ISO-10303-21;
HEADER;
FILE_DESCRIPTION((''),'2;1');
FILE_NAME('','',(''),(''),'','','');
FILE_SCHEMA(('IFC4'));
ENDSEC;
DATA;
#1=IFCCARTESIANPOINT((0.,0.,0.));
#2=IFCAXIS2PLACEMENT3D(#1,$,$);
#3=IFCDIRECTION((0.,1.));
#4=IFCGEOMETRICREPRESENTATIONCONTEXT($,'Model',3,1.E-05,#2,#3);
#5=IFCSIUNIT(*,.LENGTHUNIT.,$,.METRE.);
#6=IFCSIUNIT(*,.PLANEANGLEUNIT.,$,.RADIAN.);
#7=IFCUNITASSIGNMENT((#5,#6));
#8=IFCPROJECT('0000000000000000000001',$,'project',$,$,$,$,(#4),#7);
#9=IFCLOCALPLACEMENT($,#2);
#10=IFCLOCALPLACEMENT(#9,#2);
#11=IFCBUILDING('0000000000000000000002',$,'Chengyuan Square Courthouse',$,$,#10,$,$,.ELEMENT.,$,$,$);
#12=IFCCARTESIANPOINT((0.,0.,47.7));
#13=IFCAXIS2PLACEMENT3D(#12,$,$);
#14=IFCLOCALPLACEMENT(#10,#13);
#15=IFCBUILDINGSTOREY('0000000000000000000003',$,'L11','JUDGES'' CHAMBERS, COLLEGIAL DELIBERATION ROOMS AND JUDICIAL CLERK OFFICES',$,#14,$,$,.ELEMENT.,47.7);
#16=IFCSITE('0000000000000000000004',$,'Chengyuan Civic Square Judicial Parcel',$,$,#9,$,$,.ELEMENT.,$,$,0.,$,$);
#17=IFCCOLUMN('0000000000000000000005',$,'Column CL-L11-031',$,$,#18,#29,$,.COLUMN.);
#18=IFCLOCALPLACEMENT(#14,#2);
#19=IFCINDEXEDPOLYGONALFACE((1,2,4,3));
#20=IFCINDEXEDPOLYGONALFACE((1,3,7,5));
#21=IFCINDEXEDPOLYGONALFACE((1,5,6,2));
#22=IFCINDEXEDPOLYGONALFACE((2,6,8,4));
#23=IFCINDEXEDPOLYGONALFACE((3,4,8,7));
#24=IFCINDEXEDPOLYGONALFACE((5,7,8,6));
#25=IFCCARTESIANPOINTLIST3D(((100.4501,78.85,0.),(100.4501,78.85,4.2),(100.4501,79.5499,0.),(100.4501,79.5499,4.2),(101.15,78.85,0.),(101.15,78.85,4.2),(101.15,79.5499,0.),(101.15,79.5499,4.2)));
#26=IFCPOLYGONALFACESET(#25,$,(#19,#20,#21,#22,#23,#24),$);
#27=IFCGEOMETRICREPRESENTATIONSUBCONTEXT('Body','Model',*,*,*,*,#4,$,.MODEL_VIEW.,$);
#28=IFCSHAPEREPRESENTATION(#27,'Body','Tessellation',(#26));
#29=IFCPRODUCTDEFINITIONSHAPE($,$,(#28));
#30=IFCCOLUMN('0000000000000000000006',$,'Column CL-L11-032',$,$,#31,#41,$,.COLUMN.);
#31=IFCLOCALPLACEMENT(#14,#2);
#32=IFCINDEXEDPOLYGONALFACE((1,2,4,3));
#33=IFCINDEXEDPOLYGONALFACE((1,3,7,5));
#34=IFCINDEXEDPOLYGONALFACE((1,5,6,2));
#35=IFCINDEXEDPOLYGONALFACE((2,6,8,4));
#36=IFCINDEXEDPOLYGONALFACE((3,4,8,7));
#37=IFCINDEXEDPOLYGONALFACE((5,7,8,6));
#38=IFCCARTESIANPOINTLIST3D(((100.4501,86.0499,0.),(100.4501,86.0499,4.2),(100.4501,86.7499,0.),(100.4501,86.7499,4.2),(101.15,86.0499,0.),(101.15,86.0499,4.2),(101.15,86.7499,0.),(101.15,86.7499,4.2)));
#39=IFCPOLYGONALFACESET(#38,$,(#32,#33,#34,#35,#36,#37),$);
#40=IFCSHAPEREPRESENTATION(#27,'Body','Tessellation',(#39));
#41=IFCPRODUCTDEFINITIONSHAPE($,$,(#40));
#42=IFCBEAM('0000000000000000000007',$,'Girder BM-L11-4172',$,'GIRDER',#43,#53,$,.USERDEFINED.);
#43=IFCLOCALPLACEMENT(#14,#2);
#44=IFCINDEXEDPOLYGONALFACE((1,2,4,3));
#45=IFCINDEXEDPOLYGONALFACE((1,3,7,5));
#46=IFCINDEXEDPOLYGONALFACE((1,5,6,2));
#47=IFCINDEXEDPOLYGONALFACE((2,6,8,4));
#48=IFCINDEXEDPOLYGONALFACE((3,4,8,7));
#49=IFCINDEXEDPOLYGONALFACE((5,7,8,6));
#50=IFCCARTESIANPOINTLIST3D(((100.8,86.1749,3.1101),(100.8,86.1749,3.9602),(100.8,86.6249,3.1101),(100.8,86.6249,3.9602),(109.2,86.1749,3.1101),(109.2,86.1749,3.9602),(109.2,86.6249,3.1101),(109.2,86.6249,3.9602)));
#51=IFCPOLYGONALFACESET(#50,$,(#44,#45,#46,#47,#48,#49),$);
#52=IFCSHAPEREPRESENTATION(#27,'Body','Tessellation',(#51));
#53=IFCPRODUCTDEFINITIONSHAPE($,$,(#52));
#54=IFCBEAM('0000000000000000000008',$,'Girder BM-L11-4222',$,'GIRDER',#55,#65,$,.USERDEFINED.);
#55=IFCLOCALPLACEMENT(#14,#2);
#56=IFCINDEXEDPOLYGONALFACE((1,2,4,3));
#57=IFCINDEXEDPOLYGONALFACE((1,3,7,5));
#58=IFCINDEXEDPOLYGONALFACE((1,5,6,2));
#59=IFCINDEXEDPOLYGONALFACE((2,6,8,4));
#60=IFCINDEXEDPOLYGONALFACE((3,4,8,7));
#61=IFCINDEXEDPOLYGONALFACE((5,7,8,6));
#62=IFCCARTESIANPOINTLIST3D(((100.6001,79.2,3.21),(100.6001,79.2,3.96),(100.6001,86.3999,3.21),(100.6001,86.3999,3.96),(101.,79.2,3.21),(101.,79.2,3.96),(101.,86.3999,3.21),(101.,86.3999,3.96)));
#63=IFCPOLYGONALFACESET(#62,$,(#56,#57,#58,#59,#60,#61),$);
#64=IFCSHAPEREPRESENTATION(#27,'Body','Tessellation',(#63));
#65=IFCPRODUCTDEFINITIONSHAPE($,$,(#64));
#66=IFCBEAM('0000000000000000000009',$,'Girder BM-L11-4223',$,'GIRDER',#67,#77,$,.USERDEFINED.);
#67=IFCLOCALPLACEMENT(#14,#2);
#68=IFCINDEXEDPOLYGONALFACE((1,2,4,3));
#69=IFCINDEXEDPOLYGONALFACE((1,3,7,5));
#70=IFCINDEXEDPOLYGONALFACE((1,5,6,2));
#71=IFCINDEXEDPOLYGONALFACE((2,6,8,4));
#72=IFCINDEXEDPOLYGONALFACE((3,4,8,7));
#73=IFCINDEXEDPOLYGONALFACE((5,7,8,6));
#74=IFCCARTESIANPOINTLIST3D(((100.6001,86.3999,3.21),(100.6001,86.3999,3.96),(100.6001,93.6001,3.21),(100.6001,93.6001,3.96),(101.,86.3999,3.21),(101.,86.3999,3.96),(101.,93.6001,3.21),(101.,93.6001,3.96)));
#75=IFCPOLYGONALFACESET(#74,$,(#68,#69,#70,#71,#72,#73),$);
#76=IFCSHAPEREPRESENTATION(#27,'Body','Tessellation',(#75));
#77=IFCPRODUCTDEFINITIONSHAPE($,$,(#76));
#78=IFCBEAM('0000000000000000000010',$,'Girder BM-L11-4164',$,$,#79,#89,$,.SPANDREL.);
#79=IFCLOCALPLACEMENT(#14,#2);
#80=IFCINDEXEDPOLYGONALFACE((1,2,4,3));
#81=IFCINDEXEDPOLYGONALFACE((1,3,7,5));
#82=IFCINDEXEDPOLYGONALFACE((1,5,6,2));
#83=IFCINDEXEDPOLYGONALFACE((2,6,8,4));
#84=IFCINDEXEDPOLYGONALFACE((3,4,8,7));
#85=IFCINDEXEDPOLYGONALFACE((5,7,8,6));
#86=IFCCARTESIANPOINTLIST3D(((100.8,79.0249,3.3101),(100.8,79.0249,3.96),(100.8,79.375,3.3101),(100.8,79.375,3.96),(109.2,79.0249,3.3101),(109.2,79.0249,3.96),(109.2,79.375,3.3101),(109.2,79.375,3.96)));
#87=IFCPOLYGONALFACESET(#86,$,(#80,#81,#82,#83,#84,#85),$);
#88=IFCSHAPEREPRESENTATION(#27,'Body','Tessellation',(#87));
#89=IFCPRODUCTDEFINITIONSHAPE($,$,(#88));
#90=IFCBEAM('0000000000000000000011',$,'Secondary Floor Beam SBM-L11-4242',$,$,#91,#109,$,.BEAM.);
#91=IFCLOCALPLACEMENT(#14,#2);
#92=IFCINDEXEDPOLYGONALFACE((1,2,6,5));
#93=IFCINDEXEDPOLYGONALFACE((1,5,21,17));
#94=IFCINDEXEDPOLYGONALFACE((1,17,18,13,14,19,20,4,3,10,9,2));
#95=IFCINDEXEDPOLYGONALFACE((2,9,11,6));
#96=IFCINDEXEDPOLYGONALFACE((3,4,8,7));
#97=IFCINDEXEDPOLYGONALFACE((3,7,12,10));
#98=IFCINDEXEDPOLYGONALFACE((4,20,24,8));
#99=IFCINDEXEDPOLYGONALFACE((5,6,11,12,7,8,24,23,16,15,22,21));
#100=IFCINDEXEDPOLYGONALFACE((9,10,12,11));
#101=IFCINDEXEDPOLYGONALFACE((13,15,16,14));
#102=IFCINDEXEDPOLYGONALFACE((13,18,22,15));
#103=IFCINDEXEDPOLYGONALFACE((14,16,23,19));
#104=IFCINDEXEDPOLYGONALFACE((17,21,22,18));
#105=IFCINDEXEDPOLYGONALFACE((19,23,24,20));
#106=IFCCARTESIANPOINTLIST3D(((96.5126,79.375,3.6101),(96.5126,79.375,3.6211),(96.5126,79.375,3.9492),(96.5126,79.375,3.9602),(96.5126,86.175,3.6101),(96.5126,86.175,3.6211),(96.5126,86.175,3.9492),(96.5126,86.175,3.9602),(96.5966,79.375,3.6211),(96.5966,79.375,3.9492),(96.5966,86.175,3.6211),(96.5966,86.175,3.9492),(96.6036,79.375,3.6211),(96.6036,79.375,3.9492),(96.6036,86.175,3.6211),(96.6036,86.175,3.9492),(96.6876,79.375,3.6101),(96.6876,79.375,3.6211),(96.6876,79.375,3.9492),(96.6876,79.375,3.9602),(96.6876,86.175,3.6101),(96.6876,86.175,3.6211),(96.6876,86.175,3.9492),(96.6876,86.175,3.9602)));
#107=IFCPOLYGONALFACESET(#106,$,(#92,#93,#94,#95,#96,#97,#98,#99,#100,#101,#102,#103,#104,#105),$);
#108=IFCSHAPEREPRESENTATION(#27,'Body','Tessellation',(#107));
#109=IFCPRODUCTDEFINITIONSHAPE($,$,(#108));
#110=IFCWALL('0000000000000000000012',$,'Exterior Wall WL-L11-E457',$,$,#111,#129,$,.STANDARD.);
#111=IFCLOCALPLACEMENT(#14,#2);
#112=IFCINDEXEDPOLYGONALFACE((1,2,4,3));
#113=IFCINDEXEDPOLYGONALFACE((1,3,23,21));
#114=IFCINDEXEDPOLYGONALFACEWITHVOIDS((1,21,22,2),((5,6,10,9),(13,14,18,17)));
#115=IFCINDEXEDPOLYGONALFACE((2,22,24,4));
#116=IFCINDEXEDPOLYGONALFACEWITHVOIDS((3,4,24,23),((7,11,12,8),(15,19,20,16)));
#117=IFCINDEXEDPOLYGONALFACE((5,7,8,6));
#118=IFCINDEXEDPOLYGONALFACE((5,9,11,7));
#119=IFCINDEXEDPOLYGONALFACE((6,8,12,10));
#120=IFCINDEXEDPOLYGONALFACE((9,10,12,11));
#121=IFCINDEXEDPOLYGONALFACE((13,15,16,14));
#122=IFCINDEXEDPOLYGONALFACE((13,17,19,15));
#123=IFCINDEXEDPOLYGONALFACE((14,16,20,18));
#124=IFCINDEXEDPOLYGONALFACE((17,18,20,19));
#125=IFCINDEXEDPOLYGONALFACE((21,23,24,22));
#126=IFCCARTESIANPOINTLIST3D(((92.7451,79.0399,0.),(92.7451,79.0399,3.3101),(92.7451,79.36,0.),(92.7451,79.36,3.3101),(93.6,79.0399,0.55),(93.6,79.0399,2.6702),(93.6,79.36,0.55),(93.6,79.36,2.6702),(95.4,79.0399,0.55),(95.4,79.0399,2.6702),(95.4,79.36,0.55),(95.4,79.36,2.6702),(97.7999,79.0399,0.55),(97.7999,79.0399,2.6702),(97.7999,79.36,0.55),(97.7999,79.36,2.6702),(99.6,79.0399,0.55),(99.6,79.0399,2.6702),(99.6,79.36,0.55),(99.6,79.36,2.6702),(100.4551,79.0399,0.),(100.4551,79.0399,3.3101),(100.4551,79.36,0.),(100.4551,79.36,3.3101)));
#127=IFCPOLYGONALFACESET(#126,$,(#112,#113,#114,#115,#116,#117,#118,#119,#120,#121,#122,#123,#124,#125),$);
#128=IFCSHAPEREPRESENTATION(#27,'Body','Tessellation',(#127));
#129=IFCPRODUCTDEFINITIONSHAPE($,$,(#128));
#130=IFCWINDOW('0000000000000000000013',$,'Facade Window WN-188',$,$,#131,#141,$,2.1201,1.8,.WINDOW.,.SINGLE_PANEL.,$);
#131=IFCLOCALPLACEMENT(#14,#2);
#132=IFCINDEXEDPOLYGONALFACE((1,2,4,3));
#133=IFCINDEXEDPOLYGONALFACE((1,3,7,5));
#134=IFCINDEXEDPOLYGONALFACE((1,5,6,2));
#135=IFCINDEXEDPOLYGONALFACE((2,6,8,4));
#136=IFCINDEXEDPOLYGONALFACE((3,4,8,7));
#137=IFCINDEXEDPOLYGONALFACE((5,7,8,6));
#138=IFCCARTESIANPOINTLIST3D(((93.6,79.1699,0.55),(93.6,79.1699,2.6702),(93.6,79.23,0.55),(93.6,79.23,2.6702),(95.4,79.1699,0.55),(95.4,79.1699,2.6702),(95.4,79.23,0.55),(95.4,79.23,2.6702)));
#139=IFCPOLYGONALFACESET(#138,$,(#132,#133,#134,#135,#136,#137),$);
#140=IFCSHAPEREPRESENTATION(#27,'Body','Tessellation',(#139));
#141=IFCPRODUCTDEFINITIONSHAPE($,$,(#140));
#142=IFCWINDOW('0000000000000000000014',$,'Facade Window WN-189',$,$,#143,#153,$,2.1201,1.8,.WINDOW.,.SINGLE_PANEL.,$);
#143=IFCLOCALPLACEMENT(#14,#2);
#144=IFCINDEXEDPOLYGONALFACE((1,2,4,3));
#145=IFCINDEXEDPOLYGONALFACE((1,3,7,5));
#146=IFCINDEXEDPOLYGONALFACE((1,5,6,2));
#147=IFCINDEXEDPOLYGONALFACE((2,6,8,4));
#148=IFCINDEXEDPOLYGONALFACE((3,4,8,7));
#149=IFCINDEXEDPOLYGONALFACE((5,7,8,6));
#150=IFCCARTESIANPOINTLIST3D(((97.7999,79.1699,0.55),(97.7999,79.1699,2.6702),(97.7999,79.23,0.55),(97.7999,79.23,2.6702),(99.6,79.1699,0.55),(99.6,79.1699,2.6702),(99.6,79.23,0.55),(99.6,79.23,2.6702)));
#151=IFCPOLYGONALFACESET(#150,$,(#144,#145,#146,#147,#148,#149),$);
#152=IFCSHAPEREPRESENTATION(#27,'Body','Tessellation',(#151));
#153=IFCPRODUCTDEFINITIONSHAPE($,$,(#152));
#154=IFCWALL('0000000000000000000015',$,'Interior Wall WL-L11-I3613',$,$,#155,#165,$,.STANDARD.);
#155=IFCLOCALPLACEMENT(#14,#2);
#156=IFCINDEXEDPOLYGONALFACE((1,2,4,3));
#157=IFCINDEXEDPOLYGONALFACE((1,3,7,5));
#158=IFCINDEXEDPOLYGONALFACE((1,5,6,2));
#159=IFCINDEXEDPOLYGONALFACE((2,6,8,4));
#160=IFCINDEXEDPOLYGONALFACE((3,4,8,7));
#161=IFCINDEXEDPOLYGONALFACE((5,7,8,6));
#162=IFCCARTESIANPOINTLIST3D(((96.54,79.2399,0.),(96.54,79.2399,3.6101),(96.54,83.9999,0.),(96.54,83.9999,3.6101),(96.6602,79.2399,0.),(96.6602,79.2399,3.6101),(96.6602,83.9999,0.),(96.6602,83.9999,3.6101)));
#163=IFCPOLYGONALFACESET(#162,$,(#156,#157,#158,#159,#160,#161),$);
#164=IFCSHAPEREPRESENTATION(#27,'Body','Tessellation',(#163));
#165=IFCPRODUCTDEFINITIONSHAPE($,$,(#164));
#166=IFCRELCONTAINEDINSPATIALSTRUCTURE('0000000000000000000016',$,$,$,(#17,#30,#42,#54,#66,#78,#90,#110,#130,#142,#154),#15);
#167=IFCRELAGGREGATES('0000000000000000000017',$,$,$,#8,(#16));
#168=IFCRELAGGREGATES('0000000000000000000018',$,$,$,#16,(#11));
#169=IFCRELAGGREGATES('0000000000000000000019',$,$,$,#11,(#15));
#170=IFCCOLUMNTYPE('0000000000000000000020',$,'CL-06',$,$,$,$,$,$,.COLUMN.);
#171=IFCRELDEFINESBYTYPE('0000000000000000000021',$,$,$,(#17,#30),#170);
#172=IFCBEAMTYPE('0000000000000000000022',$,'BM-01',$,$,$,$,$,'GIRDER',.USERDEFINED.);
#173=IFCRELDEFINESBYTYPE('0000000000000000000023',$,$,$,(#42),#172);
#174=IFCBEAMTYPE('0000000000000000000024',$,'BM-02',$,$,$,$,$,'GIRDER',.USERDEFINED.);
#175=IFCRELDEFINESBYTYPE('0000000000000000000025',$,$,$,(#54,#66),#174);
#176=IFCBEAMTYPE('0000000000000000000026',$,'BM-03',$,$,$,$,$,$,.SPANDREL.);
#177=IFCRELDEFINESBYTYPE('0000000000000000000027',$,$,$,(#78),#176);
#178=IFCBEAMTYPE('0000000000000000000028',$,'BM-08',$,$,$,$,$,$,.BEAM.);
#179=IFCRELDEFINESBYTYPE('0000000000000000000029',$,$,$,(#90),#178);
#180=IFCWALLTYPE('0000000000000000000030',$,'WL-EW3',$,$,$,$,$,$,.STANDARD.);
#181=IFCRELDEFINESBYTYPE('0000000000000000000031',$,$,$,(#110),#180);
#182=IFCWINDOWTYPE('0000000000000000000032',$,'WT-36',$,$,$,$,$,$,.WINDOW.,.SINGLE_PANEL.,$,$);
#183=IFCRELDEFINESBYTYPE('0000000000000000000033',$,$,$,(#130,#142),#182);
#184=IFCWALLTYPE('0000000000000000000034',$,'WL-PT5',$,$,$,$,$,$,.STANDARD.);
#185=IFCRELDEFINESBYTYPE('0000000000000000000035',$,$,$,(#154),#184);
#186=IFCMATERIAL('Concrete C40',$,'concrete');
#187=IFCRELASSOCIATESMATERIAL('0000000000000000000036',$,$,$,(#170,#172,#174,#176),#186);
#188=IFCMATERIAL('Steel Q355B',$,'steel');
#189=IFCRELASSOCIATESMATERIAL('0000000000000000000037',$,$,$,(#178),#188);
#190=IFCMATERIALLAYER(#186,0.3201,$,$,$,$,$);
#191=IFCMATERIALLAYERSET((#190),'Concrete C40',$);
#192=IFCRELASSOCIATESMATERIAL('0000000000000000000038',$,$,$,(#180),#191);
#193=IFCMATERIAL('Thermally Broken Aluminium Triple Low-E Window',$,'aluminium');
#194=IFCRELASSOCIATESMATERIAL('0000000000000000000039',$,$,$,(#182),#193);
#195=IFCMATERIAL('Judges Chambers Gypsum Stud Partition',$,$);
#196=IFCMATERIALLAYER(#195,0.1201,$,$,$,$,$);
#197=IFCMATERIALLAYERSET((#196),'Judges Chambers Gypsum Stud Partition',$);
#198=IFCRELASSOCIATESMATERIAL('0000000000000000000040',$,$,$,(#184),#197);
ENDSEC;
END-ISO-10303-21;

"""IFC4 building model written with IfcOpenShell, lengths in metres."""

from ifc_helpers import new_model, si_unit, direction, frame, frame_2d, origin, origin_2d, place, context, subcontext, project, spatial, rectangle, i_section, extrude, material, layer, layer_set, material_profile, profile_set, type_object, element, fill, save


model = new_model("IFC4")

# Units and contexts
model_context = context("Model", 3, precision=1e-05, world=origin(), true_north=direction((0.0, 1.0)))
body_context = subcontext(model_context, "Body", "Model", "MODEL_VIEW")
ifc_project = project(units=[si_unit("LENGTHUNIT", "METRE"), si_unit("PLANEANGLEUNIT", "RADIAN")], contexts=[model_context])

# Site, building, storey
site_placement = place(None, origin())
site = spatial("IfcSite", under=ifc_project, at=site_placement, Name="Chengyuan Civic Square Judicial Parcel", CompositionType="ELEMENT", RefElevation=0.0)
building_placement = place(site_placement, origin())
building = spatial("IfcBuilding", under=site, at=building_placement, Name="Chengyuan Square Courthouse", CompositionType="ELEMENT")
storey_placement = place(building_placement, frame((0.0, 0.0, 47.7)))
storey = spatial("IfcBuildingStorey", under=building, at=storey_placement, Name="L11", Description="JUDGES' CHAMBERS, COLLEGIAL DELIBERATION ROOMS AND JUDICIAL CLERK OFFICES", CompositionType="ELEMENT", Elevation=47.7)

# Columns
ifc_material_1 = material(Name="Concrete C40", Category="concrete")
ifc_material_profile_1 = material_profile(ifc_material_1, rectangle(XDim=0.7, YDim=0.7, at=origin_2d()), Name="RC-COL-700x700")
ifc_profile_set_1 = profile_set([ifc_material_profile_1], Name="Concrete C40")
column_type = type_object("IfcColumnType", Name="CL-06", PredefinedType="COLUMN", material=ifc_profile_set_1)
for number, where, z_axis, x_axis, name in (
    (1, (100.8, 79.2, 0.0), (0.0, 0.0, 1.0), (1.0, 0.0, 0.0), "Column CL-L11-031"),
    (2, (100.8, 86.3999, 0.0), (0.0, 0.0, 1.0), (1.0, 0.0, 0.0), "Column CL-L11-032"),
):
    element("IfcColumn", number, at=place(storey_placement, frame(where, z_axis=z_axis, x_axis=x_axis)), inside=storey, type_object=column_type, Name=name, PredefinedType="COLUMN", context=body_context, shape_type="SweptSolid", body=[
        extrude(rectangle(XDim=0.7, YDim=0.7, at=origin_2d()), origin(), (0.0, 0.0, 1.0), 4.2),
    ])

# Beams
ifc_material_profile_2 = material_profile(ifc_material_1, rectangle(XDim=0.45, YDim=0.8501, at=origin_2d()), Name="RC-BM-450x850")
ifc_profile_set_2 = profile_set([ifc_material_profile_2], Name="Concrete C40")
beam_type_1 = type_object("IfcBeamType", Name="BM-01", ElementType="GIRDER", PredefinedType="USERDEFINED", material=ifc_profile_set_2)
beam_1_placement = place(storey_placement, frame((100.8, 86.3999, 3.5352), z_axis=(1.0, 0.0, 0.0), x_axis=(0.0, 1.0, 0.0)))
element("IfcBeam", 3, at=beam_1_placement, inside=storey, type_object=beam_type_1, Name="Girder BM-L11-4172", ObjectType="GIRDER", PredefinedType="USERDEFINED", context=body_context, shape_type="SweptSolid", body=[
    extrude(rectangle(XDim=0.45, YDim=0.8501, at=origin_2d()), origin(), (0.0, 0.0, 1.0), 8.3999),
])
ifc_material_profile_3 = material_profile(ifc_material_1, rectangle(XDim=0.3999, YDim=0.75, at=origin_2d()), Name="RC-BM-400x750")
ifc_profile_set_3 = profile_set([ifc_material_profile_3], Name="Concrete C40")
beam_type_2 = type_object("IfcBeamType", Name="BM-02", ElementType="GIRDER", PredefinedType="USERDEFINED", material=ifc_profile_set_3)
beam_2_placement = place(storey_placement, frame((100.8, 79.2, 3.585), z_axis=(0.0, 1.0, 0.0), x_axis=(-1.0, 0.0, 0.0)))
element("IfcBeam", 4, at=beam_2_placement, inside=storey, type_object=beam_type_2, Name="Girder BM-L11-4222", ObjectType="GIRDER", PredefinedType="USERDEFINED", context=body_context, shape_type="SweptSolid", body=[
    extrude(rectangle(XDim=0.3999, YDim=0.75, at=origin_2d()), origin(), (0.0, 0.0, 1.0), 7.2),
])
beam_3_placement = place(storey_placement, frame((100.8, 86.3999, 3.585), z_axis=(0.0, 1.0, 0.0), x_axis=(-1.0, 0.0, 0.0)))
element("IfcBeam", 5, at=beam_3_placement, inside=storey, type_object=beam_type_2, Name="Girder BM-L11-4223", ObjectType="GIRDER", PredefinedType="USERDEFINED", context=body_context, shape_type="SweptSolid", body=[
    extrude(rectangle(XDim=0.3999, YDim=0.75, at=origin_2d()), origin(), (0.0, 0.0, 1.0), 7.2002),
])
ifc_material_profile_4 = material_profile(ifc_material_1, rectangle(XDim=0.3501, YDim=0.6499, at=origin_2d()), Name="RC-BM-350x650")
ifc_profile_set_4 = profile_set([ifc_material_profile_4], Name="Concrete C40")
beam_type_3 = type_object("IfcBeamType", Name="BM-03", PredefinedType="SPANDREL", material=ifc_profile_set_4)
beam_4_placement = place(storey_placement, frame((100.8, 79.2, 3.635), z_axis=(1.0, 0.0, 0.0), x_axis=(0.0, 1.0, 0.0)))
element("IfcBeam", 6, at=beam_4_placement, inside=storey, type_object=beam_type_3, Name="Girder BM-L11-4164", PredefinedType="SPANDREL", context=body_context, shape_type="SweptSolid", body=[
    extrude(rectangle(XDim=0.3501, YDim=0.6499, at=origin_2d()), origin(), (0.0, 0.0, 1.0), 8.3999),
])
ifc_material_2 = material(Name="Steel Q355B", Category="steel")
ifc_material_profile_5 = material_profile(ifc_material_2, i_section(OverallWidth=0.175, OverallDepth=0.3501, WebThickness=0.0071, FlangeThickness=0.011, at=origin_2d()), Name="HN 350x175x7x11")
ifc_profile_set_5 = profile_set([ifc_material_profile_5], Name="Steel Q355B")
beam_type_4 = type_object("IfcBeamType", Name="BM-08", PredefinedType="BEAM", material=ifc_profile_set_5)
beam_5_placement = place(storey_placement, frame((96.6001, 79.375, 3.7852), z_axis=(0.0, 1.0, 0.0), x_axis=(-1.0, 0.0, 0.0)))
element("IfcBeam", 7, at=beam_5_placement, inside=storey, type_object=beam_type_4, Name="Secondary Floor Beam SBM-L11-4242", PredefinedType="BEAM", context=body_context, shape_type="SweptSolid", body=[
    extrude(i_section(OverallWidth=0.175, OverallDepth=0.3501, WebThickness=0.0071, FlangeThickness=0.011, at=origin_2d()), origin(), (0.0, 0.0, 1.0), 6.8),
])

# Wall, openings, windows
ifc_layer_1 = layer(ifc_material_1, 0.3201)
ifc_layer_set_1 = layer_set([ifc_layer_1], Name="Concrete C40")
wall_type_1 = type_object("IfcWallType", Name="WL-EW3", PredefinedType="STANDARD", material=ifc_layer_set_1)
wall_1_placement = place(storey_placement, frame((92.7451, 79.2, 0.0), z_axis=(0.0, 0.0, 1.0), x_axis=(1.0, 0.0, 0.0)))
wall_1 = element("IfcWall", 8, at=wall_1_placement, inside=storey, type_object=wall_type_1, Name="Exterior Wall WL-L11-E457", PredefinedType="STANDARD", context=body_context, shape_type="SweptSolid", body=[
    extrude(rectangle(XDim=7.71, YDim=0.3201, at=frame_2d((3.855, 0.0))), origin(), (0.0, 0.0, 1.0), 3.3101),
])
opening_1_placement = place(wall_1_placement, frame((0.855, 0.0, 0.55)))
opening_1 = element("IfcOpeningElement", 9, at=opening_1_placement, cuts=wall_1, PredefinedType="OPENING", context=body_context, shape_type="SweptSolid", body=[
    extrude(rectangle(XDim=1.8, YDim=2.1201, at=frame_2d((0.8999, 1.0601))), frame((0.0, 0.1721, 0.0), z_axis=(0.0, -1.0, 0.0), x_axis=(1.0, 0.0, 0.0)), (0.0, 0.0, 1.0), 0.344),
])
opening_2_placement = place(wall_1_placement, frame((5.0549, 0.0, 0.55)))
opening_2 = element("IfcOpeningElement", 10, at=opening_2_placement, cuts=wall_1, PredefinedType="OPENING", context=body_context, shape_type="SweptSolid", body=[
    extrude(rectangle(XDim=1.8, YDim=2.1201, at=frame_2d((0.8999, 1.0601))), frame((0.0, 0.1721, 0.0), z_axis=(0.0, -1.0, 0.0), x_axis=(1.0, 0.0, 0.0)), (0.0, 0.0, 1.0), 0.344),
])
ifc_material_3 = material(Name="Thermally Broken Aluminium Triple Low-E Window", Category="aluminium")
window_type = type_object("IfcWindowType", Name="WT-36", PartitioningType="SINGLE_PANEL", PredefinedType="WINDOW", material=ifc_material_3)
window_1_placement = place(opening_1_placement, origin())
window_1 = element("IfcWindow", 11, at=window_1_placement, inside=storey, type_object=window_type, Name="Facade Window WN-188", OverallHeight=2.1201, OverallWidth=1.8, PartitioningType="SINGLE_PANEL", PredefinedType="WINDOW", context=body_context, shape_type="SweptSolid", body=[
    extrude(rectangle(XDim=1.8, YDim=2.1201, at=frame_2d((0.8999, 1.0601))), frame((0.0, 0.03, 0.0), z_axis=(0.0, -1.0, 0.0), x_axis=(1.0, 0.0, 0.0)), (0.0, 0.0, 1.0), 0.0601),
])
fill(opening_1, window_1)
window_2_placement = place(opening_2_placement, origin())
window_2 = element("IfcWindow", 12, at=window_2_placement, inside=storey, type_object=window_type, Name="Facade Window WN-189", OverallHeight=2.1201, OverallWidth=1.8, PartitioningType="SINGLE_PANEL", PredefinedType="WINDOW", context=body_context, shape_type="SweptSolid", body=[
    extrude(rectangle(XDim=1.8, YDim=2.1201, at=frame_2d((0.8999, 1.0601))), frame((0.0, 0.03, 0.0), z_axis=(0.0, -1.0, 0.0), x_axis=(1.0, 0.0, 0.0)), (0.0, 0.0, 1.0), 0.0601),
])
fill(opening_2, window_2)

# Wall
ifc_material_4 = material(Name="Judges Chambers Gypsum Stud Partition")
ifc_layer_2 = layer(ifc_material_4, 0.1201)
ifc_layer_set_2 = layer_set([ifc_layer_2], Name="Judges Chambers Gypsum Stud Partition")
wall_type_2 = type_object("IfcWallType", Name="WL-PT5", PredefinedType="STANDARD", material=ifc_layer_set_2)
wall_2_placement = place(storey_placement, frame((96.6001, 79.24, 0.0), z_axis=(0.0, 0.0, 1.0), x_axis=(0.0, 1.0, 0.0)))
element("IfcWall", 13, at=wall_2_placement, inside=storey, type_object=wall_type_2, Name="Interior Wall WL-L11-I3613", PredefinedType="STANDARD", context=body_context, shape_type="SweptSolid", body=[
    extrude(rectangle(XDim=4.76, YDim=0.1201, at=frame_2d((2.3799, 0.0))), origin(), (0.0, 0.0, 1.0), 3.6101),
])

save(model, "model.ifc")
